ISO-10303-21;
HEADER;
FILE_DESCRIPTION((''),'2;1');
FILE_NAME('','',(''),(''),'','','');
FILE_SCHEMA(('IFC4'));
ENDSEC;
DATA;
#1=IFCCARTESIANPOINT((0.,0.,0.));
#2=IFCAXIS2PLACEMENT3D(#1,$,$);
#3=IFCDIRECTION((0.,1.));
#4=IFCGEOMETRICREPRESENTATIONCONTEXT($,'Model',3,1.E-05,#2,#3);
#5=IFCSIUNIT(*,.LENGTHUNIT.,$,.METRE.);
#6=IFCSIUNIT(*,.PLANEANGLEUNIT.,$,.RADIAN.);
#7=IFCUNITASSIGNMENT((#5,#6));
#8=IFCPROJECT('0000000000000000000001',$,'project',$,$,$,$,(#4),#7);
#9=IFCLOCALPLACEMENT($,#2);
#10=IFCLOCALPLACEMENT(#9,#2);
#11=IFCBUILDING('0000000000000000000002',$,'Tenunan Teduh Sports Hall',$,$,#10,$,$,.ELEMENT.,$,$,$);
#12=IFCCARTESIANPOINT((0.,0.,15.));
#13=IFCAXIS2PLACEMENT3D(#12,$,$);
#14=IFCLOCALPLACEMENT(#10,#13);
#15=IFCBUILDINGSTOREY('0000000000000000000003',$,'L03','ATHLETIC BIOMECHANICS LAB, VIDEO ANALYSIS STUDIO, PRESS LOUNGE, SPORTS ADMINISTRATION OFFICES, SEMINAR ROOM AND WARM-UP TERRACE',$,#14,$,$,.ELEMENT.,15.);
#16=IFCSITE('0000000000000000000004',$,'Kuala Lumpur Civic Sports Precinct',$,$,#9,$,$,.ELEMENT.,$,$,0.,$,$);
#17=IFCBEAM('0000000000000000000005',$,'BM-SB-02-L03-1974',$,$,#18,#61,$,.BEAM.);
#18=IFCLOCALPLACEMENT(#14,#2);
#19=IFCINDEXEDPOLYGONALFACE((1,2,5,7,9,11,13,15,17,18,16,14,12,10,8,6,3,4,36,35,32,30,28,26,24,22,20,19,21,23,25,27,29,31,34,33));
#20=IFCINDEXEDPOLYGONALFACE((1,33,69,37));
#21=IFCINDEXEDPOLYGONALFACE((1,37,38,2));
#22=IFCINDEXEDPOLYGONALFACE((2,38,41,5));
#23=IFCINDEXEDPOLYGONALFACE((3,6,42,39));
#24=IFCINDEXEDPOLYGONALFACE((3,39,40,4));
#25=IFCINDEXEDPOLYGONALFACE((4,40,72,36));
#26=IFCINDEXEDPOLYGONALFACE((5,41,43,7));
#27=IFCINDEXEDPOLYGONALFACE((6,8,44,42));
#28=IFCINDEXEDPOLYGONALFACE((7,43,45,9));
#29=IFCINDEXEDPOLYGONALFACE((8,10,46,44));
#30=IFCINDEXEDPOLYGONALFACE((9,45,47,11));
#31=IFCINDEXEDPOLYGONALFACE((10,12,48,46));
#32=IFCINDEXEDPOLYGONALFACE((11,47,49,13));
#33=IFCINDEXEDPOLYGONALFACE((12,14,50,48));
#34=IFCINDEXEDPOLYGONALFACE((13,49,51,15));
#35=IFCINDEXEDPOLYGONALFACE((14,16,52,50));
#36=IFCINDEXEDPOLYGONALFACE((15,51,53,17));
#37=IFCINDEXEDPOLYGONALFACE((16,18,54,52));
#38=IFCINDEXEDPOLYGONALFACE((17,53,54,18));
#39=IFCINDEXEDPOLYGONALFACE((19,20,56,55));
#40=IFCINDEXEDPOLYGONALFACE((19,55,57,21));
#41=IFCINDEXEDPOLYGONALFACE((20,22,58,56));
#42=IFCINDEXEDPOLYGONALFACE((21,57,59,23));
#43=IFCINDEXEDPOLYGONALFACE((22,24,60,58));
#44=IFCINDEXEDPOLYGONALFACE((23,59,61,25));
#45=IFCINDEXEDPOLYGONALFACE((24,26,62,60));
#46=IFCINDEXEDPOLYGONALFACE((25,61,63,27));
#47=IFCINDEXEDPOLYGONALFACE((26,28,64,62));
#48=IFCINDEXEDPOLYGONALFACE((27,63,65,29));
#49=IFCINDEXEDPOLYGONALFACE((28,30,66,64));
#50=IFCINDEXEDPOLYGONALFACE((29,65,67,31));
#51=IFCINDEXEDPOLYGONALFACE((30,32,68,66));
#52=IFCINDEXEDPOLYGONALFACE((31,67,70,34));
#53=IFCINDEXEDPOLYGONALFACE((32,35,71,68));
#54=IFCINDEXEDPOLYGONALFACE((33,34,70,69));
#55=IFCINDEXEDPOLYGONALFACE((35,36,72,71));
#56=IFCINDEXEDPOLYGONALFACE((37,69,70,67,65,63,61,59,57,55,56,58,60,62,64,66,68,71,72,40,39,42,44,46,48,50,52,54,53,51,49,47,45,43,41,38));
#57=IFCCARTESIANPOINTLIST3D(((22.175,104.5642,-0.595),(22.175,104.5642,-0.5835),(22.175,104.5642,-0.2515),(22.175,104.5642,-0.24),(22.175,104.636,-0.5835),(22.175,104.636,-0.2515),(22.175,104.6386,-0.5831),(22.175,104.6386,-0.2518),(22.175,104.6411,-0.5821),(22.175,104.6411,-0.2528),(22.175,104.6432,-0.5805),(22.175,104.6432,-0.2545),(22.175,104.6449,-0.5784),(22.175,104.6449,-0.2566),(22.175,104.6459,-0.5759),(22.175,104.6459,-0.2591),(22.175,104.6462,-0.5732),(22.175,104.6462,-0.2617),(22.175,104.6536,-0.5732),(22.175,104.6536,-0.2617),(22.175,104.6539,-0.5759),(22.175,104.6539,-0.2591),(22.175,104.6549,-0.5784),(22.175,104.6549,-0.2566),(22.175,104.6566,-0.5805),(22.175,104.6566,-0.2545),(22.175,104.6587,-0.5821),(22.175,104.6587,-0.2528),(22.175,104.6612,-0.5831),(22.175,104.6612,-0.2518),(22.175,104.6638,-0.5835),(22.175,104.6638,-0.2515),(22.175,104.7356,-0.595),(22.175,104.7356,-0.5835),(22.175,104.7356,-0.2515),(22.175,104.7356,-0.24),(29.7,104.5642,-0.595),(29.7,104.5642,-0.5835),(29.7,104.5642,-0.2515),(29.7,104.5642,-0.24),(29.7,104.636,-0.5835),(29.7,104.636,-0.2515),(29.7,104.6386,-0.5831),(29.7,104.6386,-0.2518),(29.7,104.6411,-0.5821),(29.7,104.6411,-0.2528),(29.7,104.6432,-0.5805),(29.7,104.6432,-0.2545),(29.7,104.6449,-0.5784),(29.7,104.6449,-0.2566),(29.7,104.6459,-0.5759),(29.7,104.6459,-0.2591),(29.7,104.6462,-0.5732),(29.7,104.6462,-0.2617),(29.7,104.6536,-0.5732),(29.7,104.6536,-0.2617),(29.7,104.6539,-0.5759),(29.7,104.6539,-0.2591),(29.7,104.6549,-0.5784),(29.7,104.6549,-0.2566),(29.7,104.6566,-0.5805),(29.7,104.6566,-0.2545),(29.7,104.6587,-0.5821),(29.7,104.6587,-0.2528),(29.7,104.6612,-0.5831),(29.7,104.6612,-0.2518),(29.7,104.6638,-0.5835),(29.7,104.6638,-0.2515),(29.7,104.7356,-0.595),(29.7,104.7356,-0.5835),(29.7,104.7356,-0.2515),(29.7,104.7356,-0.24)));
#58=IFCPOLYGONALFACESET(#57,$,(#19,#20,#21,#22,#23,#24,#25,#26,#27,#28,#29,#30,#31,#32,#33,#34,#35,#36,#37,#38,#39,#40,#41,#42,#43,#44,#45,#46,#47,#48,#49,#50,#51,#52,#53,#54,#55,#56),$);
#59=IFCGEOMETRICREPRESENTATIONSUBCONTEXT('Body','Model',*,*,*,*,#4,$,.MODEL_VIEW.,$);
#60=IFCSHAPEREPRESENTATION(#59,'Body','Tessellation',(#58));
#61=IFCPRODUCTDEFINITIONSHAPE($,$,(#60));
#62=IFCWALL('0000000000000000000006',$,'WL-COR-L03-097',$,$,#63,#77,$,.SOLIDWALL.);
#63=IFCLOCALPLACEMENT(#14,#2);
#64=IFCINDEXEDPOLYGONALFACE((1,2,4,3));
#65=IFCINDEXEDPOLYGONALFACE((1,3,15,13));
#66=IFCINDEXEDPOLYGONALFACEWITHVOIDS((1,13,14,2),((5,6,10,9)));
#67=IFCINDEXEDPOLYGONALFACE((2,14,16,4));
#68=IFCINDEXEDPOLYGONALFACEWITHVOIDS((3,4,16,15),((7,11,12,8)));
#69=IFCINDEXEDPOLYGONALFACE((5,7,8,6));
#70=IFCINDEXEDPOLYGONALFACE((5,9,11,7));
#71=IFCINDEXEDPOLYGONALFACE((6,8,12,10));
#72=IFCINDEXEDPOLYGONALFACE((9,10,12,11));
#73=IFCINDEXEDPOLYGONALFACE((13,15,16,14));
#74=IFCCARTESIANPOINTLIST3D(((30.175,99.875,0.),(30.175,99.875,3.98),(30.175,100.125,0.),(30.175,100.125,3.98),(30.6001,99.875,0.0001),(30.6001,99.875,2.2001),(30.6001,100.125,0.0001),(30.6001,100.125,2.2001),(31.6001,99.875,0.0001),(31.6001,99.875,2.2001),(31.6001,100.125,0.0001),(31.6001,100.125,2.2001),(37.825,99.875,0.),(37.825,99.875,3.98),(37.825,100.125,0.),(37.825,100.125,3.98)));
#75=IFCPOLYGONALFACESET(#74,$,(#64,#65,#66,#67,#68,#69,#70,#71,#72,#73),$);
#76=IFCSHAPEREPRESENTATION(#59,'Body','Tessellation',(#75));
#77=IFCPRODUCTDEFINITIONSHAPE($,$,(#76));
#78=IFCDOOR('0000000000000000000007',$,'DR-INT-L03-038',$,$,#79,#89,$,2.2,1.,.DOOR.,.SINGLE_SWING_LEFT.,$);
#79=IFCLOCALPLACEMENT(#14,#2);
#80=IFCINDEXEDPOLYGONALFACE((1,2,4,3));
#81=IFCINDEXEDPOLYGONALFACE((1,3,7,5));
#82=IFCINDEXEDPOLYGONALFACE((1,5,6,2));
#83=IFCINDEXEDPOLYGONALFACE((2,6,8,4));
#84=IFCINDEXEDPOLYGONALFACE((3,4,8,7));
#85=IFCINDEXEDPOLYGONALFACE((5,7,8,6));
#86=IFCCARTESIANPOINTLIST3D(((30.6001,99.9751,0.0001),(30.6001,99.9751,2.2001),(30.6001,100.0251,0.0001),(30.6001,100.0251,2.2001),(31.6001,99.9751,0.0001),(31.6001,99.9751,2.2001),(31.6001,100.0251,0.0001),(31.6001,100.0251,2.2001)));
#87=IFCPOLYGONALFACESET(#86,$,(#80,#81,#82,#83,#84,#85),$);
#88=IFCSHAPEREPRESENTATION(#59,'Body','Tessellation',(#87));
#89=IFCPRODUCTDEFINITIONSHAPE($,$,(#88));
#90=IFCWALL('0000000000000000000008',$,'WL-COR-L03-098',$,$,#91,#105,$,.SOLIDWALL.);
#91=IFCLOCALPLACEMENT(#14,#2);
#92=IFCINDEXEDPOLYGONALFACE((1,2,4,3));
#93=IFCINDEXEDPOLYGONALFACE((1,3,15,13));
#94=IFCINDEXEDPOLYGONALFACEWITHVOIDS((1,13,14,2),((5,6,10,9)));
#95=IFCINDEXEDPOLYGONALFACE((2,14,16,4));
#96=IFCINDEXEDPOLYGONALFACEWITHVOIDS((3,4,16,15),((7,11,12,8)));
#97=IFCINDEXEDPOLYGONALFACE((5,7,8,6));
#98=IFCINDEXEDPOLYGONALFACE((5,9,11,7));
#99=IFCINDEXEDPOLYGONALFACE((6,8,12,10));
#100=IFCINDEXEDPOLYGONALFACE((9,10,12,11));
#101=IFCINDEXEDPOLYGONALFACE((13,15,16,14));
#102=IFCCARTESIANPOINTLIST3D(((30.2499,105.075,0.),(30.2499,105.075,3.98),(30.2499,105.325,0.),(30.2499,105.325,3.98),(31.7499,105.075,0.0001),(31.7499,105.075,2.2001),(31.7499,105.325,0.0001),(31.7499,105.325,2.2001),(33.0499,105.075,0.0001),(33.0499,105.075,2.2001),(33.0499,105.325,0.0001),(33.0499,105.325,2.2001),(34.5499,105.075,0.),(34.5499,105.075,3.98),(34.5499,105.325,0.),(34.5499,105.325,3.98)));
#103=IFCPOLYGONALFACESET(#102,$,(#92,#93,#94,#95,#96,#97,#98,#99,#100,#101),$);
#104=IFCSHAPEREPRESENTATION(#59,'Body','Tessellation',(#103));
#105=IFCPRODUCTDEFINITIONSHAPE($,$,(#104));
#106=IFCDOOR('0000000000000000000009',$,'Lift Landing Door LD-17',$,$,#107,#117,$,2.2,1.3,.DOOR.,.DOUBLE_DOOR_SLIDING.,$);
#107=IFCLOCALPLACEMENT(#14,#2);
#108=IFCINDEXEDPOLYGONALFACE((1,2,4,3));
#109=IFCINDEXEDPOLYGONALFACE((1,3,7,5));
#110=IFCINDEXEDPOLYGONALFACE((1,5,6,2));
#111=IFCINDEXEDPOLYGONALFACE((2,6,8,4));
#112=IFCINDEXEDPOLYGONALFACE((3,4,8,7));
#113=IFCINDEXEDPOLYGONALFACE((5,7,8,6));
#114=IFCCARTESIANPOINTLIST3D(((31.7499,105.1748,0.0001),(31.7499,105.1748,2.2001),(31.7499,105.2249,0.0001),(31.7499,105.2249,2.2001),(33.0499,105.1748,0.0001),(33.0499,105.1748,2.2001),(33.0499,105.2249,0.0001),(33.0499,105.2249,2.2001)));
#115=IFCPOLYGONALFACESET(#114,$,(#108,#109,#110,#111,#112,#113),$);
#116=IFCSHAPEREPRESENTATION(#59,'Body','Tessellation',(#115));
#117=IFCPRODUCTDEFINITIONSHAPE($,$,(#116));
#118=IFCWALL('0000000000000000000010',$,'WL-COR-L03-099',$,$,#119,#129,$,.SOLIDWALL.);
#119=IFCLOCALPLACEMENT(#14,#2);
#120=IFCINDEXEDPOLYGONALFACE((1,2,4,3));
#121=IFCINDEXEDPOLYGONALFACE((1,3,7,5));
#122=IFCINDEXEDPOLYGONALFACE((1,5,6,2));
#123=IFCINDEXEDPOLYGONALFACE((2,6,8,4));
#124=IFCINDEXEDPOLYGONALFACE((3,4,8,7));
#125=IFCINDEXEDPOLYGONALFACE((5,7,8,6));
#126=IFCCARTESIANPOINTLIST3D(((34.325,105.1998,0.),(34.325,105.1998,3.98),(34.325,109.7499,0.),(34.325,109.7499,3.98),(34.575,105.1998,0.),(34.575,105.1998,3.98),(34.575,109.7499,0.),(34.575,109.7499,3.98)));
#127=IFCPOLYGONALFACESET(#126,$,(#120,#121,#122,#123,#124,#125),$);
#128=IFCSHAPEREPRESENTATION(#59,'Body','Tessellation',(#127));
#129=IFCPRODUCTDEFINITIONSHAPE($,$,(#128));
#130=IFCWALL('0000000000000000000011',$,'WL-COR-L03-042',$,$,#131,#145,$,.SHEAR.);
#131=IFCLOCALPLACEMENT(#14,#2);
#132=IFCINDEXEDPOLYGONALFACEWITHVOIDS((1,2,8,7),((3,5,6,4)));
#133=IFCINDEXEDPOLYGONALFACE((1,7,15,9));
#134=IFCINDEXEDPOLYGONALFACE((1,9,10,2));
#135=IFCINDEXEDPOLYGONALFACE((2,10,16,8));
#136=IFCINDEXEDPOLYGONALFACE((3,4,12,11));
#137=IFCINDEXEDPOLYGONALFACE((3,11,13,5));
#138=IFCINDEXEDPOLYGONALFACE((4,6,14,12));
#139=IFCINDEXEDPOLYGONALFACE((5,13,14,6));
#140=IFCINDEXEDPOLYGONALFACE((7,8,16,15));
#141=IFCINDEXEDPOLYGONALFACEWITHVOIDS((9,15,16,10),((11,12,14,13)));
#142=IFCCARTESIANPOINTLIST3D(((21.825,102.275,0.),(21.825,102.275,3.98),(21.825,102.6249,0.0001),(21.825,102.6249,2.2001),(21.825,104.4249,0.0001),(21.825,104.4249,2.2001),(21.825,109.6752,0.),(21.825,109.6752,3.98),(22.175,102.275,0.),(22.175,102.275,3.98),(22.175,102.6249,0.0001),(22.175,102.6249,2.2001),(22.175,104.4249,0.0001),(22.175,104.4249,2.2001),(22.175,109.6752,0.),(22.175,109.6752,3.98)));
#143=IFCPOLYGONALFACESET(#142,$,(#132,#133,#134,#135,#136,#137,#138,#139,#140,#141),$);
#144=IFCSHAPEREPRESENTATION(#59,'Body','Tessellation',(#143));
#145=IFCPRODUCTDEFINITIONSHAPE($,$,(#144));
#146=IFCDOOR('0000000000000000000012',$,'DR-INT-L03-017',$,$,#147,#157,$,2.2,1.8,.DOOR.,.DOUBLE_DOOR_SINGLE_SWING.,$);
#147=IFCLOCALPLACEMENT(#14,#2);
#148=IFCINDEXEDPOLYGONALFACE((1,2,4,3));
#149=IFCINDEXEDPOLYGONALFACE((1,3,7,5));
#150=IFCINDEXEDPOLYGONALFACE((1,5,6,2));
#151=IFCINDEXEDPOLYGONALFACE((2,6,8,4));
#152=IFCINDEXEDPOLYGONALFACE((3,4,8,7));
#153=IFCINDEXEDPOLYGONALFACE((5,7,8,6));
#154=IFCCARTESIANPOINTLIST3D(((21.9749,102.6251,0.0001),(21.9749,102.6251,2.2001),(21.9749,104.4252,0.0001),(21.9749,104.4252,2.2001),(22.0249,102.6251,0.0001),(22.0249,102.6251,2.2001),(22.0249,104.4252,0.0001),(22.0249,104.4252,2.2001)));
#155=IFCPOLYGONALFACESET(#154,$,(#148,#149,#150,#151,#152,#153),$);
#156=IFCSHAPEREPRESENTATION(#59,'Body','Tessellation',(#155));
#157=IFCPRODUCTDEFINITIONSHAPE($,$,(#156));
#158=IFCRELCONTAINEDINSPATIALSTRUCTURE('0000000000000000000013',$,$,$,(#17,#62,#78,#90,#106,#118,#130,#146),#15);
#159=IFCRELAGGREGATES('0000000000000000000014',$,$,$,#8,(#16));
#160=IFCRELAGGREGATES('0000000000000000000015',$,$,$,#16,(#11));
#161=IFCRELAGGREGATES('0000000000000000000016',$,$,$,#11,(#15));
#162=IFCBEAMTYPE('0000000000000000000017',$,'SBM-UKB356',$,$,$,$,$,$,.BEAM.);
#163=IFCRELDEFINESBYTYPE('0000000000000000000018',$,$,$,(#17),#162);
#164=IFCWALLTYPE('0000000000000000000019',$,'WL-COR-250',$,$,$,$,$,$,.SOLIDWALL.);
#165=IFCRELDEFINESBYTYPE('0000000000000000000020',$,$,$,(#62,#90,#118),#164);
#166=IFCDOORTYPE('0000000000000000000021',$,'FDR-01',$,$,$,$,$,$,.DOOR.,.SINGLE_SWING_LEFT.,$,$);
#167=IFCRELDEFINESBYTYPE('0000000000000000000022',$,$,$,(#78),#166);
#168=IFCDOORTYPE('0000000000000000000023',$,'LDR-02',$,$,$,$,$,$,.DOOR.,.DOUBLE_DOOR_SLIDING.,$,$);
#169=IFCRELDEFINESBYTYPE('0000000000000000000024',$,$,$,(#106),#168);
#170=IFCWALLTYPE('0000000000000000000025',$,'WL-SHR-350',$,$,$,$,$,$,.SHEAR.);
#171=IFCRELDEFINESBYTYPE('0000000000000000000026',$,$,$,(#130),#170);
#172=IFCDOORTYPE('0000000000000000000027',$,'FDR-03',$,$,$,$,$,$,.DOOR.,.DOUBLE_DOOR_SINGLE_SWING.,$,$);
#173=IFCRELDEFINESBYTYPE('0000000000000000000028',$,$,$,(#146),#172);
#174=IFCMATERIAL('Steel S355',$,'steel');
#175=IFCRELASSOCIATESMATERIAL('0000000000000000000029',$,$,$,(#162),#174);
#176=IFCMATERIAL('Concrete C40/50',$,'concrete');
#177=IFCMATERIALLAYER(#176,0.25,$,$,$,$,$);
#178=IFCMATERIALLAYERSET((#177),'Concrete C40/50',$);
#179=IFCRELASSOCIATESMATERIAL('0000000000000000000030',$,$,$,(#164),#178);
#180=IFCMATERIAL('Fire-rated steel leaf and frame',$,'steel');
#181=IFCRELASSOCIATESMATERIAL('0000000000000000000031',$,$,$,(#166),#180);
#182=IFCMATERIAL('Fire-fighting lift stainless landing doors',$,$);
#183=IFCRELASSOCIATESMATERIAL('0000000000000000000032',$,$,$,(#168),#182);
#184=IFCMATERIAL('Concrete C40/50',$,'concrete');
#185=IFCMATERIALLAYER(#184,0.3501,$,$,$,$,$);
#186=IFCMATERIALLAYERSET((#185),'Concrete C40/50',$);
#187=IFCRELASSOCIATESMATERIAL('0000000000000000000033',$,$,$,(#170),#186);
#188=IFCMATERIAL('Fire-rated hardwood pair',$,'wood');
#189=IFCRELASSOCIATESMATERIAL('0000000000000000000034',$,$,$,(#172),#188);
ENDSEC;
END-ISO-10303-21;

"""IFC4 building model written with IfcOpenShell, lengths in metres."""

from ifc_helpers import new_model, si_unit, direction, frame, frame_2d, origin, origin_2d, place, context, subcontext, project, spatial, rectangle, i_section, extrude, material, layer, layer_set, material_profile, profile_set, type_object, element, fill, save


model = new_model("IFC4")

# Units and contexts
model_context = context("Model", 3, precision=1e-05, world=origin(), true_north=direction((0.0, 1.0)))
body_context = subcontext(model_context, "Body", "Model", "MODEL_VIEW")
ifc_project = project(units=[si_unit("LENGTHUNIT", "METRE"), si_unit("PLANEANGLEUNIT", "RADIAN")], contexts=[model_context])

# Site, building, storey
site_placement = place(None, origin())
site = spatial("IfcSite", under=ifc_project, at=site_placement, Name="Kuala Lumpur Civic Sports Precinct", CompositionType="ELEMENT", RefElevation=0.0)
building_placement = place(site_placement, origin())
building = spatial("IfcBuilding", under=site, at=building_placement, Name="Tenunan Teduh Sports Hall", CompositionType="ELEMENT")
storey_placement = place(building_placement, frame((0.0, 0.0, 15.0)))
storey = spatial("IfcBuildingStorey", under=building, at=storey_placement, Name="L03", Description="ATHLETIC BIOMECHANICS LAB, VIDEO ANALYSIS STUDIO, PRESS LOUNGE, SPORTS ADMINISTRATION OFFICES, SEMINAR ROOM AND WARM-UP TERRACE", CompositionType="ELEMENT", Elevation=15.0)

# Beam
ifc_material_1 = material(Name="Steel S355", Category="steel")
ifc_material_profile_1 = material_profile(ifc_material_1, i_section(OverallWidth=0.1714, OverallDepth=0.355, WebThickness=0.0073, FlangeThickness=0.0115, FilletRadius=0.0103, at=origin_2d()), Name="UKB 356x171x51")
ifc_profile_set_1 = profile_set([ifc_material_profile_1], Name="Steel S355")
beam_type_1 = type_object("IfcBeamType", Name="SBM-UKB356", PredefinedType="BEAM", material=ifc_profile_set_1)
beam_1_placement = place(storey_placement, frame((22.175, 104.6499, -0.4175), z_axis=(1.0, 0.0, 0.0), x_axis=(0.0, 1.0, 0.0)))
element("IfcBeam", 1, at=beam_1_placement, inside=storey, type_object=beam_type_1, Name="BM-SB-02-L03-1974", PredefinedType="BEAM", context=body_context, shape_type="SweptSolid", body=[
    extrude(i_section(OverallWidth=0.1714, OverallDepth=0.355, WebThickness=0.0073, FlangeThickness=0.0115, FilletRadius=0.0103, at=origin_2d()), origin(), (0.0, 0.0, 1.0), 7.5249),
])

# Walls, openings, doors
ifc_material_2 = material(Name="Concrete C40/50", Category="concrete")
ifc_layer_1 = layer(ifc_material_2, 0.25)
ifc_layer_set_1 = layer_set([ifc_layer_1], Name="Concrete C40/50")
wall_type_1 = type_object("IfcWallType", Name="WL-COR-250", PredefinedType="SOLIDWALL", material=ifc_layer_set_1)
wall_1_placement = place(storey_placement, frame((30.175, 100.0, 0.0), z_axis=(0.0, 0.0, 1.0), x_axis=(1.0, 0.0, 0.0)))
wall_1 = element("IfcWall", 2, at=wall_1_placement, inside=storey, type_object=wall_type_1, Name="WL-COR-L03-097", PredefinedType="SOLIDWALL", context=body_context, shape_type="SweptSolid", body=[
    extrude(rectangle(XDim=7.6499, YDim=0.25, at=frame_2d((3.825, 0.0))), origin(), (0.0, 0.0, 1.0), 3.98),
])
opening_1_placement = place(wall_1_placement, frame((0.425, 0.0, 0.0)))
opening_1 = element("IfcOpeningElement", 3, at=opening_1_placement, cuts=wall_1, PredefinedType="OPENING", context=body_context, shape_type="SweptSolid", body=[
    extrude(rectangle(XDim=1.0, YDim=2.2, at=frame_2d((0.5, 1.1001))), frame((0.0, 0.135, 0.0), z_axis=(0.0, -1.0, 0.0), x_axis=(1.0, 0.0, 0.0)), (0.0, 0.0, 1.0), 0.27),
])
ifc_material_3 = material(Name="Fire-rated steel leaf and frame", Category="steel")
door_type_1 = type_object("IfcDoorType", Name="FDR-01", OperationType="SINGLE_SWING_LEFT", PredefinedType="DOOR", material=ifc_material_3)
door_1_placement = place(opening_1_placement, frame((1.0, 0.0, 0.0), z_axis=(0.0, 0.0, 1.0), x_axis=(-1.0, 0.0, 0.0)))
door_1 = element("IfcDoor", 4, at=door_1_placement, inside=storey, type_object=door_type_1, Name="DR-INT-L03-038", OperationType="SINGLE_SWING_LEFT", OverallHeight=2.2, OverallWidth=1.0, PredefinedType="DOOR", context=body_context, shape_type="SweptSolid", body=[
    extrude(rectangle(XDim=1.0, YDim=2.2, at=frame_2d((0.5, 1.1001))), frame((0.0, 0.0249, 0.0), z_axis=(0.0, -1.0, 0.0), x_axis=(1.0, 0.0, 0.0)), (0.0, 0.0, 1.0), 0.05),
])
fill(opening_1, door_1)
wall_2_placement = place(storey_placement, frame((30.25, 105.2, 0.0), z_axis=(0.0, 0.0, 1.0), x_axis=(1.0, 0.0, 0.0)))
wall_2 = element("IfcWall", 5, at=wall_2_placement, inside=storey, type_object=wall_type_1, Name="WL-COR-L03-098", PredefinedType="SOLIDWALL", context=body_context, shape_type="SweptSolid", body=[
    extrude(rectangle(XDim=4.3, YDim=0.25, at=frame_2d((2.1499, 0.0))), origin(), (0.0, 0.0, 1.0), 3.98),
])
opening_2_placement = place(wall_2_placement, frame((1.5, 0.0, 0.0)))
opening_2 = element("IfcOpeningElement", 6, at=opening_2_placement, cuts=wall_2, PredefinedType="OPENING", context=body_context, shape_type="SweptSolid", body=[
    extrude(rectangle(XDim=1.3, YDim=2.2, at=frame_2d((0.6499, 1.1001))), frame((0.0, 0.135, 0.0), z_axis=(0.0, -1.0, 0.0), x_axis=(1.0, 0.0, 0.0)), (0.0, 0.0, 1.0), 0.27),
])
ifc_material_4 = material(Name="Fire-fighting lift stainless landing doors")
door_type_2 = type_object("IfcDoorType", Name="LDR-02", OperationType="DOUBLE_DOOR_SLIDING", PredefinedType="DOOR", material=ifc_material_4)
door_2_placement = place(opening_2_placement, origin())
door_2 = element("IfcDoor", 7, at=door_2_placement, inside=storey, type_object=door_type_2, Name="Lift Landing Door LD-17", OperationType="DOUBLE_DOOR_SLIDING", OverallHeight=2.2, OverallWidth=1.3, PredefinedType="DOOR", context=body_context, shape_type="SweptSolid", body=[
    extrude(rectangle(XDim=1.3, YDim=2.2, at=frame_2d((0.6499, 1.1001))), frame((0.0, 0.0249, 0.0), z_axis=(0.0, -1.0, 0.0), x_axis=(1.0, 0.0, 0.0)), (0.0, 0.0, 1.0), 0.05),
])
fill(opening_2, door_2)

# Wall
wall_3_placement = place(storey_placement, frame((34.45, 105.2, 0.0), z_axis=(0.0, 0.0, 1.0), x_axis=(0.0, 1.0, 0.0)))
element("IfcWall", 8, at=wall_3_placement, inside=storey, type_object=wall_type_1, Name="WL-COR-L03-099", PredefinedType="SOLIDWALL", context=body_context, shape_type="SweptSolid", body=[
    extrude(rectangle(XDim=4.55, YDim=0.25, at=frame_2d((2.2749, 0.0))), origin(), (0.0, 0.0, 1.0), 3.98),
])

# Wall, opening, door
ifc_material_5 = material(Name="Concrete C40/50", Category="concrete")
ifc_layer_2 = layer(ifc_material_5, 0.3501)
ifc_layer_set_2 = layer_set([ifc_layer_2], Name="Concrete C40/50")
wall_type_2 = type_object("IfcWallType", Name="WL-SHR-350", PredefinedType="SHEAR", material=ifc_layer_set_2)
wall_4_placement = place(storey_placement, frame((22.0, 102.2749, 0.0), z_axis=(0.0, 0.0, 1.0), x_axis=(0.0, 1.0, 0.0)))
wall_4 = element("IfcWall", 9, at=wall_4_placement, inside=storey, type_object=wall_type_2, Name="WL-COR-L03-042", PredefinedType="SHEAR", context=body_context, shape_type="SweptSolid", body=[
    extrude(rectangle(XDim=7.4001, YDim=0.3501, at=frame_2d((3.7002, 0.0))), origin(), (0.0, 0.0, 1.0), 3.98),
])
opening_3_placement = place(wall_4_placement, frame((0.3501, 0.0, 0.0)))
opening_3 = element("IfcOpeningElement", 10, at=opening_3_placement, cuts=wall_4, PredefinedType="OPENING", context=body_context, shape_type="SweptSolid", body=[
    extrude(rectangle(XDim=1.8, YDim=2.2, at=frame_2d((0.8999, 1.1001))), frame((0.0, 0.1851, 0.0), z_axis=(0.0, -1.0, 0.0), x_axis=(1.0, 0.0, 0.0)), (0.0, 0.0, 1.0), 0.3701),
])
ifc_material_6 = material(Name="Fire-rated hardwood pair", Category="wood")
door_type_3 = type_object("IfcDoorType", Name="FDR-03", OperationType="DOUBLE_DOOR_SINGLE_SWING", PredefinedType="DOOR", material=ifc_material_6)
door_3_placement = place(opening_3_placement, frame((1.8, 0.0, 0.0), z_axis=(0.0, 0.0, 1.0), x_axis=(-1.0, 0.0, 0.0)))
door_3 = element("IfcDoor", 11, at=door_3_placement, inside=storey, type_object=door_type_3, Name="DR-INT-L03-017", OperationType="DOUBLE_DOOR_SINGLE_SWING", OverallHeight=2.2, OverallWidth=1.8, PredefinedType="DOOR", context=body_context, shape_type="SweptSolid", body=[
    extrude(rectangle(XDim=1.8, YDim=2.2, at=frame_2d((0.8999, 1.1001))), frame((0.0, 0.0249, 0.0), z_axis=(0.0, -1.0, 0.0), x_axis=(1.0, 0.0, 0.0)), (0.0, 0.0, 1.0), 0.05),
])
fill(opening_3, door_3)

save(model, "model.ifc")
